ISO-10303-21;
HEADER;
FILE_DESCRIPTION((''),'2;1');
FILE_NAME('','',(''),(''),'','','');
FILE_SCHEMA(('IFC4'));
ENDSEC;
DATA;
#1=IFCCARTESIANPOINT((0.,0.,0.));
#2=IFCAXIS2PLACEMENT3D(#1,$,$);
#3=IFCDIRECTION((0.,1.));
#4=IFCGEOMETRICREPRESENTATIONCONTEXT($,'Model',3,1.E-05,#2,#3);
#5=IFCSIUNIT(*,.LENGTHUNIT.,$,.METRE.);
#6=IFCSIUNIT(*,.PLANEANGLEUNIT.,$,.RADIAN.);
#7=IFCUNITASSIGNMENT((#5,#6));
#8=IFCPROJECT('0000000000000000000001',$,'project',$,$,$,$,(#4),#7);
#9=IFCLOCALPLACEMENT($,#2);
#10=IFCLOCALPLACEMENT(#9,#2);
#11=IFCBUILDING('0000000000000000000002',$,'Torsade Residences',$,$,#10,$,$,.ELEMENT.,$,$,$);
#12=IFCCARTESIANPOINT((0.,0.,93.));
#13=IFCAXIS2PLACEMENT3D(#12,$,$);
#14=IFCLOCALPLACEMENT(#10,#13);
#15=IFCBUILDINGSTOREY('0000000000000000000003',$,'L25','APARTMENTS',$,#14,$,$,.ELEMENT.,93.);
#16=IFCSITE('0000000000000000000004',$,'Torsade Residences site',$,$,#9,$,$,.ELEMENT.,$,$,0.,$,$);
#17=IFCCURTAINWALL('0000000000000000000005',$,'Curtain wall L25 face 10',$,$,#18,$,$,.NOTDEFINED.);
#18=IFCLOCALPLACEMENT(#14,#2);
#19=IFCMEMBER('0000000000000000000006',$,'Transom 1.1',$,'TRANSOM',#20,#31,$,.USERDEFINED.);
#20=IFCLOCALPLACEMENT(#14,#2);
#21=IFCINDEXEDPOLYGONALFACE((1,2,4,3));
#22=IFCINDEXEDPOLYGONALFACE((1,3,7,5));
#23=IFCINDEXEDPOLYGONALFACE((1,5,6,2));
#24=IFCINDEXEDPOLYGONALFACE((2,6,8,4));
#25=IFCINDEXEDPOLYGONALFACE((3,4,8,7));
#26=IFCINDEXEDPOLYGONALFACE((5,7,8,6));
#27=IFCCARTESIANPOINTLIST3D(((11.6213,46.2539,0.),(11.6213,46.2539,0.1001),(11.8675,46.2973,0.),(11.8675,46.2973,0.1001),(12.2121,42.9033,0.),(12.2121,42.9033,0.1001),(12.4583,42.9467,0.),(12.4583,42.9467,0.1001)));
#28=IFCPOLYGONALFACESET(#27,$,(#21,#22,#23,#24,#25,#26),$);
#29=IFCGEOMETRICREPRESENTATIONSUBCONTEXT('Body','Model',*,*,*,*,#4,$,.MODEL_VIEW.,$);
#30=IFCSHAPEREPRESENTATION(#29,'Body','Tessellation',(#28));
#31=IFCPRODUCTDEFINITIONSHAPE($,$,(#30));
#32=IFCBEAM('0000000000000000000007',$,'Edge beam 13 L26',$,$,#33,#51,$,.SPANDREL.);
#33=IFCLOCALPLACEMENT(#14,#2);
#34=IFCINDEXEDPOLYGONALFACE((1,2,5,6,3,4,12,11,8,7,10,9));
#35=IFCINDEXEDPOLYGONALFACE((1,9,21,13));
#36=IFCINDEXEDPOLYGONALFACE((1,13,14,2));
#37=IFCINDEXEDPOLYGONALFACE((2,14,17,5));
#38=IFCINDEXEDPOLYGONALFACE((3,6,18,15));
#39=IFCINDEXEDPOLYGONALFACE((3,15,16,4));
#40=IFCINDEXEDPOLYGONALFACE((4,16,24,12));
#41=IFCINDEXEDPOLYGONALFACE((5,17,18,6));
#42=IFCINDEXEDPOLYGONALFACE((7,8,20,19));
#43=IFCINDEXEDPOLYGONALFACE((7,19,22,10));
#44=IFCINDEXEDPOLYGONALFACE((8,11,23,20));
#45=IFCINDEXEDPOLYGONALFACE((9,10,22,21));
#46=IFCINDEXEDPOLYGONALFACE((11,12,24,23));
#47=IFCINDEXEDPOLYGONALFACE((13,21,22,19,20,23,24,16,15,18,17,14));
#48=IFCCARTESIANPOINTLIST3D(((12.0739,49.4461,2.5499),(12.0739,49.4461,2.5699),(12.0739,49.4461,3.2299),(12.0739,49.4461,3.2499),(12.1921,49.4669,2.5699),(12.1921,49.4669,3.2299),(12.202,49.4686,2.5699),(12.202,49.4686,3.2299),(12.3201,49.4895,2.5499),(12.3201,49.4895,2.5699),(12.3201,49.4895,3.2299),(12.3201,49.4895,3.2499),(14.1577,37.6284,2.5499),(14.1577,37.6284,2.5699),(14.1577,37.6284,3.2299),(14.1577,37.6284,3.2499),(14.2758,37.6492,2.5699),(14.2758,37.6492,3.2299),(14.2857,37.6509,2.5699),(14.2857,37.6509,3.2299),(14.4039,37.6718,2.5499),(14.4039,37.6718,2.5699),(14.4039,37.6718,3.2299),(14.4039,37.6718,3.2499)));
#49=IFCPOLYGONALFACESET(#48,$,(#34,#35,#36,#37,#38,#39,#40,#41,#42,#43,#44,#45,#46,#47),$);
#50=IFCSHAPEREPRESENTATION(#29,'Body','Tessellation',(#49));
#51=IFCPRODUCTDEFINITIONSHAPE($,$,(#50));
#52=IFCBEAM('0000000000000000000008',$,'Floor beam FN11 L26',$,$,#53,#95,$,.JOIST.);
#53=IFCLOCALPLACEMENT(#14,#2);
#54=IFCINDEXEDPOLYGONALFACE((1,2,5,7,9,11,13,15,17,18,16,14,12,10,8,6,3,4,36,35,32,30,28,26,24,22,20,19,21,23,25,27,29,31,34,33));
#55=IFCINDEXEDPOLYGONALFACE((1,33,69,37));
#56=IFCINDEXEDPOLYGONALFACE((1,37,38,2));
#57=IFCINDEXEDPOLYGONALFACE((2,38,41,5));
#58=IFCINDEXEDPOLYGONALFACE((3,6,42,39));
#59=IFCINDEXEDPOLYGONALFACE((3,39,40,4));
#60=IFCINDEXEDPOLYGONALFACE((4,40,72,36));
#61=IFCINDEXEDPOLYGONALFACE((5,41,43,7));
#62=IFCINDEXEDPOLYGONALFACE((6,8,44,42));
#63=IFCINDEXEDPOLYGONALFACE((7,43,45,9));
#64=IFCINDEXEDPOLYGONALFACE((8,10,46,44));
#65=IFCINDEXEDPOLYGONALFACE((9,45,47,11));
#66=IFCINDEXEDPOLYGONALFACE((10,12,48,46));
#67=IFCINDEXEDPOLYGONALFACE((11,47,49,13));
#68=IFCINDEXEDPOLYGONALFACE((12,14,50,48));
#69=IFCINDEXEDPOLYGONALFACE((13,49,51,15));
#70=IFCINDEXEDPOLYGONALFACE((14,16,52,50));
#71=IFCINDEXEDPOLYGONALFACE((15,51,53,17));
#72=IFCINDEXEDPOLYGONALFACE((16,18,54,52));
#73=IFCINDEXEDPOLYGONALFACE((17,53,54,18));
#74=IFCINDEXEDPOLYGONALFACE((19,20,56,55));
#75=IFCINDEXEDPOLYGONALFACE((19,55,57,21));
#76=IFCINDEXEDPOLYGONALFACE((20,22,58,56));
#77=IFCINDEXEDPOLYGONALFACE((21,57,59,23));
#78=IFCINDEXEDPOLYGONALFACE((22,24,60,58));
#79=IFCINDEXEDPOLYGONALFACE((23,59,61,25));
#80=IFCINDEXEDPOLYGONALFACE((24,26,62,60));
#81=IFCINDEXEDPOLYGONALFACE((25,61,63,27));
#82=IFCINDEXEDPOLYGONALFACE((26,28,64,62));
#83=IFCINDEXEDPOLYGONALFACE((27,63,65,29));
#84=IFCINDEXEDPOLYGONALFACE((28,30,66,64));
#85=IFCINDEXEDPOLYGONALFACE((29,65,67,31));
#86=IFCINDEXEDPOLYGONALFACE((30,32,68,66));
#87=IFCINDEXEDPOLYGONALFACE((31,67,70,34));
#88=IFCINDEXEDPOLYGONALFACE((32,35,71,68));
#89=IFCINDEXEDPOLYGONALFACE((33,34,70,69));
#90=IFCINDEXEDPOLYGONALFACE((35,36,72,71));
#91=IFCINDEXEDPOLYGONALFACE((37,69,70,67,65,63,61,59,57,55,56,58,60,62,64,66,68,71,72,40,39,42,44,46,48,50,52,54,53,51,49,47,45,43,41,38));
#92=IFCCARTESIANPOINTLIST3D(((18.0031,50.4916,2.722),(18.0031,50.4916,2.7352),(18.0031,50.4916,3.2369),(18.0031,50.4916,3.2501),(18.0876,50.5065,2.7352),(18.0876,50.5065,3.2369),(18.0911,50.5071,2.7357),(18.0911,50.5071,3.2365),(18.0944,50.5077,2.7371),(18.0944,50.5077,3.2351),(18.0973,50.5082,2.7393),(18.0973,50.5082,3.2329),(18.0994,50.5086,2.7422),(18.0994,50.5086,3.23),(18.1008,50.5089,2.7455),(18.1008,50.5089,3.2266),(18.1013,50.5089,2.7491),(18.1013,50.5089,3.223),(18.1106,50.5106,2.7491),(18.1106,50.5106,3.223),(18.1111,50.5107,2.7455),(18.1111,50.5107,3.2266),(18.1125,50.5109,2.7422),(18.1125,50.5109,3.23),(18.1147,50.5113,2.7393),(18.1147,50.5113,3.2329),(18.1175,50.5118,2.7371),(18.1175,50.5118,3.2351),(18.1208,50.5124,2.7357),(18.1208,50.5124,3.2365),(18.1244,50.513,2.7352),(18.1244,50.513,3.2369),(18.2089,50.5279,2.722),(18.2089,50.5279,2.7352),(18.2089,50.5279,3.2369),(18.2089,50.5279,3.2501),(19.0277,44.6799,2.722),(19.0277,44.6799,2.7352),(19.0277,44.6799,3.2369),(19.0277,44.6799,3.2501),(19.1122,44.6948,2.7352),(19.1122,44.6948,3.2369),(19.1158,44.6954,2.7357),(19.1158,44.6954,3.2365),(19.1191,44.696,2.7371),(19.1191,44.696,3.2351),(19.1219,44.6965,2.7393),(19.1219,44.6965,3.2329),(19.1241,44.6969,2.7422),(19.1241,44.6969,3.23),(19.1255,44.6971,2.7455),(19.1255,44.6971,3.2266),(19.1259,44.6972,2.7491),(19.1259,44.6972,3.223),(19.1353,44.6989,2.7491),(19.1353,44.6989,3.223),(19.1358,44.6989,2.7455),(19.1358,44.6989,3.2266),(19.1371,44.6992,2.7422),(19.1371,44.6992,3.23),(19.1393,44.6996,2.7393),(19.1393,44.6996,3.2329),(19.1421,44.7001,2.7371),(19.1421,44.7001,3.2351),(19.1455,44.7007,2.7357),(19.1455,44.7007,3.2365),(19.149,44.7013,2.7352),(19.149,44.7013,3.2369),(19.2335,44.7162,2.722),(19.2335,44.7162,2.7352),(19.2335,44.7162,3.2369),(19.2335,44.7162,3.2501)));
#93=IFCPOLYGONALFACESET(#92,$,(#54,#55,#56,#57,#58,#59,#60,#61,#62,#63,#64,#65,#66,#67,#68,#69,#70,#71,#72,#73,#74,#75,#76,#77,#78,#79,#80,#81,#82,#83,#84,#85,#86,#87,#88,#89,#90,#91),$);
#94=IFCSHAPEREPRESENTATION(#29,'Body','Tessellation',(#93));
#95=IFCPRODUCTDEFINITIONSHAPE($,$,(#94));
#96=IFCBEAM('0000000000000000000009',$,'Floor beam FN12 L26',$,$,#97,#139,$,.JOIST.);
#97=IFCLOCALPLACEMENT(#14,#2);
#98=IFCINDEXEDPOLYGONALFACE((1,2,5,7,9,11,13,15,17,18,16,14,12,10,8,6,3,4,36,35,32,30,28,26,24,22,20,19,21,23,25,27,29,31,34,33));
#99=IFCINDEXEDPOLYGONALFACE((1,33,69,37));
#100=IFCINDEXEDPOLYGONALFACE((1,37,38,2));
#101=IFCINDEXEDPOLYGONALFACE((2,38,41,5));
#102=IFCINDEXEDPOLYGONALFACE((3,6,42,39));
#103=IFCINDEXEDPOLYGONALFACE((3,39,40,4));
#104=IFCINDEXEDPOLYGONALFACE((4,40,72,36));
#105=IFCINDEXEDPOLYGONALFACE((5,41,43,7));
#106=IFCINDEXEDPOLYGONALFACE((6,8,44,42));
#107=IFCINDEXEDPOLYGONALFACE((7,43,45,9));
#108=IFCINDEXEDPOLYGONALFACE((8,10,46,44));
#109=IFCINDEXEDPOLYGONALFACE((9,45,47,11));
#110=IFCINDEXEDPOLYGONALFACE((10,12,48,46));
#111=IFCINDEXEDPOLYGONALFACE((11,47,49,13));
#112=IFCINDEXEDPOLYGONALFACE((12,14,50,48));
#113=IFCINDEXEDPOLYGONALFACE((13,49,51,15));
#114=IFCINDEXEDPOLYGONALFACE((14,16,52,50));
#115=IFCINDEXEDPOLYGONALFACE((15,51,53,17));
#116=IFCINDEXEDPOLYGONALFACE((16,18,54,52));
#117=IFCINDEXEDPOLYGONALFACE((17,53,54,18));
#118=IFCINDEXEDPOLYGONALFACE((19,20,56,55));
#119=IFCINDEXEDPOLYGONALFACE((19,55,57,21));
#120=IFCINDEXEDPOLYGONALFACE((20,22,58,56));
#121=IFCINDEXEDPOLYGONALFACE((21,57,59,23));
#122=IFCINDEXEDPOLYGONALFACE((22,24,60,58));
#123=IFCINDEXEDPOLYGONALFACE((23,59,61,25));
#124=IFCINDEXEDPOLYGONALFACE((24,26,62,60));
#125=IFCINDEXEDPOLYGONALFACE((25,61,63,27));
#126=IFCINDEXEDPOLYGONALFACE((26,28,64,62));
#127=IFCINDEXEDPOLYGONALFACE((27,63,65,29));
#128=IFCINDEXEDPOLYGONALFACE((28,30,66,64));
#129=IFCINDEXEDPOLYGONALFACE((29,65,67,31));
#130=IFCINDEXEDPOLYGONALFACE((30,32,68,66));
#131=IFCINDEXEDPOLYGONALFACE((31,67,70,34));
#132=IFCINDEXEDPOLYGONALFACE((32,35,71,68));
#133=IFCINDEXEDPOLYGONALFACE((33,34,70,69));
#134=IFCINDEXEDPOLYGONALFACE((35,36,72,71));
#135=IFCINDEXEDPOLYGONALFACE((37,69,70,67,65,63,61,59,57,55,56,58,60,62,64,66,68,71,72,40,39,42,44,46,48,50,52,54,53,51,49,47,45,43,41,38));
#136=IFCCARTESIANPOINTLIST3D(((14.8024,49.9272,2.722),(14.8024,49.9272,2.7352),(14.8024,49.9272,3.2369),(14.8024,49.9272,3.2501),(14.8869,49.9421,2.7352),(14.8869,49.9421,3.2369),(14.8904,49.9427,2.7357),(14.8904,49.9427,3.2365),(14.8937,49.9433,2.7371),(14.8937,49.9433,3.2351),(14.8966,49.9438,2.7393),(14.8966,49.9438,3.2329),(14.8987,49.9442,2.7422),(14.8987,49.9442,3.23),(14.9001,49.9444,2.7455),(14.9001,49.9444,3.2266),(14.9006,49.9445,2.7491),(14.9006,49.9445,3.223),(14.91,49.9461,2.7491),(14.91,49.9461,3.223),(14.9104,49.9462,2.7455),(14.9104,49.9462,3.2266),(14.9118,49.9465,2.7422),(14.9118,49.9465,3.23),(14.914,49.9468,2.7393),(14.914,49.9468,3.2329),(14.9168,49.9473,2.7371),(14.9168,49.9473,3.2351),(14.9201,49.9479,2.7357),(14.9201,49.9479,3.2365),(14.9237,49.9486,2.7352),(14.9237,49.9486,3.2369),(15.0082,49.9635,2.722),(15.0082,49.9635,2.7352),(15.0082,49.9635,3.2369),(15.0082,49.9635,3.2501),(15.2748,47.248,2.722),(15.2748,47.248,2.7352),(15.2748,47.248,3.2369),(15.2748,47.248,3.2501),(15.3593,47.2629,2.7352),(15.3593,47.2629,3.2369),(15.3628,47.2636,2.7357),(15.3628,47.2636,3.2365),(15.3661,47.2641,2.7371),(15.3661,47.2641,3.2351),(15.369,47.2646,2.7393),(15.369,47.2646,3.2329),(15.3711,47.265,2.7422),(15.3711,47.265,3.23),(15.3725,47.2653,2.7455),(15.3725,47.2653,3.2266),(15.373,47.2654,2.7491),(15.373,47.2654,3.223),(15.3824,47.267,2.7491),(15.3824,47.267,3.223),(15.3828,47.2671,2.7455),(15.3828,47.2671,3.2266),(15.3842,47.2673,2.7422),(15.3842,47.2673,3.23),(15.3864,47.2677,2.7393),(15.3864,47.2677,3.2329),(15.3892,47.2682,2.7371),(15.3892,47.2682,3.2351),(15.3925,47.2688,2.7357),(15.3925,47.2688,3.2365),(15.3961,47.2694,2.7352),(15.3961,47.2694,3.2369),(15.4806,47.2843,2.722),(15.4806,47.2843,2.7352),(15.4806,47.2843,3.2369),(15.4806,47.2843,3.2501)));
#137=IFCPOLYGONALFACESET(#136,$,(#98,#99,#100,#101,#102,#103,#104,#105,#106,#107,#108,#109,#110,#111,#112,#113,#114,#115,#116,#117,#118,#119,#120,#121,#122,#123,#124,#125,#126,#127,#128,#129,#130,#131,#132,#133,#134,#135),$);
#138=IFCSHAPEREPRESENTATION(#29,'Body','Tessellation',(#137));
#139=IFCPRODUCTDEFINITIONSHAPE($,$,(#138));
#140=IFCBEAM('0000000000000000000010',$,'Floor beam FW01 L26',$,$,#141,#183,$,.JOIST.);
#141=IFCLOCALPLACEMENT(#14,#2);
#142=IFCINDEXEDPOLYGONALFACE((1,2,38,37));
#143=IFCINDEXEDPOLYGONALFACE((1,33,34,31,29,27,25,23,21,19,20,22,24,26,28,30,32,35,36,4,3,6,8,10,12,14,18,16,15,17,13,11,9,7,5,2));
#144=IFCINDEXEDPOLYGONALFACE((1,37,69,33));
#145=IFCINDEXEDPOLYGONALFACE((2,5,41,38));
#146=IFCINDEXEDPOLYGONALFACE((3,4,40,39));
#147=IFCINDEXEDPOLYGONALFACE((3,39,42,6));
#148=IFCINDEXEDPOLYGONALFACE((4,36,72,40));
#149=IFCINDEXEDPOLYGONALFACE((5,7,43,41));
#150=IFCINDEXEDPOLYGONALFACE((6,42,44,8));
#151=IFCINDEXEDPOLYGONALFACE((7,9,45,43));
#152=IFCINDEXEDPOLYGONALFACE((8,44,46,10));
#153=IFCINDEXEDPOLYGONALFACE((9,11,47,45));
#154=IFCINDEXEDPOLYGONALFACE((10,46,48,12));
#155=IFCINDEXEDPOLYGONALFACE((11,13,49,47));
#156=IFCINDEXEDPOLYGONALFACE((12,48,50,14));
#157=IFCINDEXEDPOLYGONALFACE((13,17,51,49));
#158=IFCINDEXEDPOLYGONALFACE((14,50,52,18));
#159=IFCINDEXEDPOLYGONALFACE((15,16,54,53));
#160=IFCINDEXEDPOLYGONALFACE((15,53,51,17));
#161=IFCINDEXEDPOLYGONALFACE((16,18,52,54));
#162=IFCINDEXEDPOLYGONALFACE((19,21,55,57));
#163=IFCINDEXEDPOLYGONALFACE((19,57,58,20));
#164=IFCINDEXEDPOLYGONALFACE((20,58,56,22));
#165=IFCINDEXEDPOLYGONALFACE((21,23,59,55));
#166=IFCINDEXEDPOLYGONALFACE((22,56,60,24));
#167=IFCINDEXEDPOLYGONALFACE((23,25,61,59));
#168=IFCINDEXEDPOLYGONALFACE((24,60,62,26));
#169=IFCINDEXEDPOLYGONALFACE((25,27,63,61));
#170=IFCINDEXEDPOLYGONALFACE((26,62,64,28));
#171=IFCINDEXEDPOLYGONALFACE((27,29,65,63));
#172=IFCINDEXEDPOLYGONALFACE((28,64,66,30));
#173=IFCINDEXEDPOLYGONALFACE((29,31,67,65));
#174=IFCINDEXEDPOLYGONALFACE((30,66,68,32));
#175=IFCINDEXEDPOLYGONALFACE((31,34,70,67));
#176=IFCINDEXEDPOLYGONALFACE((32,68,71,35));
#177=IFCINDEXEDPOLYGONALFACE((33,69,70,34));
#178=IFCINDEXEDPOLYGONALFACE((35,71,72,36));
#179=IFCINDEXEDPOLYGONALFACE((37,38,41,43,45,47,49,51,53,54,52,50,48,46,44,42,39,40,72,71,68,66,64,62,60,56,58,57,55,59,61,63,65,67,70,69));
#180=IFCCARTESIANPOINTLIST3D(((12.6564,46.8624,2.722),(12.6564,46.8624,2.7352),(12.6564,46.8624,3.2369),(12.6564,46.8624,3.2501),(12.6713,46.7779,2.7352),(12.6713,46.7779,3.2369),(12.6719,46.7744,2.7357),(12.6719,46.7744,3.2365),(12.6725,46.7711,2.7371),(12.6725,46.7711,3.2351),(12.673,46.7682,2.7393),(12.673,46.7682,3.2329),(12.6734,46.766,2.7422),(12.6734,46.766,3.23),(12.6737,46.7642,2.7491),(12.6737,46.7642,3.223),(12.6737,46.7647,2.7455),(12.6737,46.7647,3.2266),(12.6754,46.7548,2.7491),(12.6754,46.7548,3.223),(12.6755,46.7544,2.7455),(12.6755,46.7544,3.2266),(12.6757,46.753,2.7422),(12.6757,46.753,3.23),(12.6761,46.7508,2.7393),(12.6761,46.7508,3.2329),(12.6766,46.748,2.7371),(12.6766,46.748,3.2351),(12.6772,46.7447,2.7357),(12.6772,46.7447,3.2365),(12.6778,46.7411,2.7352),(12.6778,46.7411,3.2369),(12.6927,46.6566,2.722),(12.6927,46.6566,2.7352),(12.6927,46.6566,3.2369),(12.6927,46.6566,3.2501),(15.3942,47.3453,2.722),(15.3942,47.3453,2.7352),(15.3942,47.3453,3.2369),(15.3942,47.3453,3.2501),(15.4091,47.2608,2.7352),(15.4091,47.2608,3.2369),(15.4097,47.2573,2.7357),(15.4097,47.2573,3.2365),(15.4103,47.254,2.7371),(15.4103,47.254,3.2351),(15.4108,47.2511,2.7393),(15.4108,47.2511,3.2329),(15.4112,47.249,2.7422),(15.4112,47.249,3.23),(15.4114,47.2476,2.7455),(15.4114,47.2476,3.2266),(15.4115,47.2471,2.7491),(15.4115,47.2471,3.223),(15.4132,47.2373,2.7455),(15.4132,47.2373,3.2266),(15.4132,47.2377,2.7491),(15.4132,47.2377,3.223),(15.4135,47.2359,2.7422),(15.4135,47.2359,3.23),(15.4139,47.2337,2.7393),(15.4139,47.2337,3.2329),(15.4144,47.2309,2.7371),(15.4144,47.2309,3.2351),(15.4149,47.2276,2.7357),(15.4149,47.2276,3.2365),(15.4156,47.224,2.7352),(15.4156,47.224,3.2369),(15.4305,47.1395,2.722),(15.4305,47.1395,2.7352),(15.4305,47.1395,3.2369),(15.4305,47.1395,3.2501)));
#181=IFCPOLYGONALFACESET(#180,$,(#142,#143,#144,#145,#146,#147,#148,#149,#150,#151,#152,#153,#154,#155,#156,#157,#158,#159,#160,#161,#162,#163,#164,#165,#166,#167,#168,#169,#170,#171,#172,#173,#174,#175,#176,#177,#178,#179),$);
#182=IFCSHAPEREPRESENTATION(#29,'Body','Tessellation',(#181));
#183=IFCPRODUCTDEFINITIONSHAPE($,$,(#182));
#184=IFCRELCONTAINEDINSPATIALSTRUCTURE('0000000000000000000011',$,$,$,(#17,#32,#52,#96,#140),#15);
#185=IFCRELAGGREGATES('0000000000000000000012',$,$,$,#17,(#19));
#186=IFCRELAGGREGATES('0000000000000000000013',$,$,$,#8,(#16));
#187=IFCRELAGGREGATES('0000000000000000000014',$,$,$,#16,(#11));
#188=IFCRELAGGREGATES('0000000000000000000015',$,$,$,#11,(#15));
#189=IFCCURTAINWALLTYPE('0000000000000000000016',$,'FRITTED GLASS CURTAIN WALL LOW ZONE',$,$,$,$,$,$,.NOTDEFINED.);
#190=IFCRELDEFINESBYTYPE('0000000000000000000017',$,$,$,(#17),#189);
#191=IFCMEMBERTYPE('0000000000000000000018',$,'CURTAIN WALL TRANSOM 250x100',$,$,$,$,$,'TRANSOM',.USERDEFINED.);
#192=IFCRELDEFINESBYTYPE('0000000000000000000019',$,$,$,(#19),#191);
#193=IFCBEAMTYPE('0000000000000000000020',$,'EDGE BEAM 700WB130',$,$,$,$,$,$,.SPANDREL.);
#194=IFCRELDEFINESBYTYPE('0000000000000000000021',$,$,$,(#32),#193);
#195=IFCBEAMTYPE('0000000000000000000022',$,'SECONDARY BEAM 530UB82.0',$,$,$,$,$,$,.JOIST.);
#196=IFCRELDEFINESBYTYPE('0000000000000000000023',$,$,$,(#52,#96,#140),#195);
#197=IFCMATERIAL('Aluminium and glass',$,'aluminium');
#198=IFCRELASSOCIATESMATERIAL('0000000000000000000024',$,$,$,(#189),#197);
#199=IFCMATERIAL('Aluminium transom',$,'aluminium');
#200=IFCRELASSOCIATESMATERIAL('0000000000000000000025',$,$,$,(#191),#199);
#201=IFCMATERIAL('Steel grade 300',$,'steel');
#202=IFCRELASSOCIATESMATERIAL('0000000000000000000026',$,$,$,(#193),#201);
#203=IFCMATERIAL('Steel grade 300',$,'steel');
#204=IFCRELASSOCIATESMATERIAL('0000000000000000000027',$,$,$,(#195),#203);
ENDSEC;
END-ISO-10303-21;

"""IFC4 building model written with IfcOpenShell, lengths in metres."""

from ifc_helpers import new_model, si_unit, direction, frame, origin, origin_2d, place, context, subcontext, project, spatial, rectangle, i_section, extrude, material, material_profile, profile_set, type_object, element, aggregate, save


model = new_model("IFC4")

# Units and contexts
model_context = context("Model", 3, precision=1e-05, world=origin(), true_north=direction((0.0, 1.0)))
body_context = subcontext(model_context, "Body", "Model", "MODEL_VIEW")
ifc_project = project(units=[si_unit("LENGTHUNIT", "METRE"), si_unit("PLANEANGLEUNIT", "RADIAN")], contexts=[model_context])

# Site, building, storey
site_placement = place(None, origin())
site = spatial("IfcSite", under=ifc_project, at=site_placement, Name="Torsade Residences site", CompositionType="ELEMENT", RefElevation=0.0)
building_placement = place(site_placement, origin())
building = spatial("IfcBuilding", under=site, at=building_placement, Name="Torsade Residences", CompositionType="ELEMENT")
storey_placement = place(building_placement, frame((0.0, 0.0, 93.0)))
storey = spatial("IfcBuildingStorey", under=building, at=storey_placement, Name="L25", Description="APARTMENTS", CompositionType="ELEMENT", Elevation=93.0)

# Shared definitions
ifc_material_1 = material(Name="Aluminium and glass", Category="aluminium")
curtain_wall_type = type_object("IfcCurtainWallType", Name="FRITTED GLASS CURTAIN WALL LOW ZONE", PredefinedType="NOTDEFINED", material=ifc_material_1)

# Curtain wall
curtain_wall_1_placement = place(storey_placement, origin())
curtain_wall_1 = element("IfcCurtainWall", 1, at=curtain_wall_1_placement, inside=storey, type_object=curtain_wall_type, Name="Curtain wall L25 face 10", PredefinedType="NOTDEFINED")

# Member
ifc_material_2 = material(Name="Aluminium transom", Category="aluminium")
ifc_material_profile_1 = material_profile(ifc_material_2, rectangle(XDim=0.25, YDim=0.1001, at=origin_2d()), Name="CURTAIN WALL TRANSOM 250x100")
ifc_profile_set_1 = profile_set([ifc_material_profile_1], Name="Aluminium transom")
member_type_1 = type_object("IfcMemberType", Name="CURTAIN WALL TRANSOM 250x100", ElementType="TRANSOM", PredefinedType="USERDEFINED", material=ifc_profile_set_1)
member_1_placement = place(storey_placement, frame((11.7444, 46.2756, 0.05), z_axis=(0.173654, -0.984807, 0.0), x_axis=(0.984807, 0.173654, 0.0)))
member_1 = element("IfcMember", 2, at=member_1_placement, type_object=member_type_1, Name="Transom 1.1", ObjectType="TRANSOM", PredefinedType="USERDEFINED", context=body_context, shape_type="SweptSolid", body=[
    extrude(rectangle(XDim=0.25, YDim=0.1001, at=origin_2d()), origin(), (0.0, 0.0, 1.0), 3.4023),
])

# Beams
ifc_material_3 = material(Name="Steel grade 300", Category="steel")
ifc_material_profile_2 = material_profile(ifc_material_3, i_section(OverallWidth=0.25, OverallDepth=0.7, WebThickness=0.01, FlangeThickness=0.02, at=origin_2d()), Name="700WB130")
ifc_profile_set_2 = profile_set([ifc_material_profile_2], Name="Steel grade 300")
beam_type_1 = type_object("IfcBeamType", Name="EDGE BEAM 700WB130", PredefinedType="SPANDREL", material=ifc_profile_set_2)
beam_1_placement = place(storey_placement, frame((12.197, 49.4678, 2.8999), z_axis=(0.173646, -0.984808, 0.0), x_axis=(0.984808, 0.173646, 0.0)))
element("IfcBeam", 3, at=beam_1_placement, inside=storey, type_object=beam_type_1, Name="Edge beam 13 L26", PredefinedType="SPANDREL", context=body_context, shape_type="SweptSolid", body=[
    extrude(i_section(OverallWidth=0.25, OverallDepth=0.7, WebThickness=0.01, FlangeThickness=0.02, at=origin_2d()), origin(), (0.0, 0.0, 1.0), 12.0),
])
ifc_material_4 = material(Name="Steel grade 300", Category="steel")
ifc_material_profile_3 = material_profile(ifc_material_4, i_section(OverallWidth=0.209, OverallDepth=0.5281, WebThickness=0.0095, FlangeThickness=0.0132, FilletRadius=0.0139, at=origin_2d()), Name="530UB82.0")
ifc_profile_set_3 = profile_set([ifc_material_profile_3], Name="Steel grade 300")
beam_type_2 = type_object("IfcBeamType", Name="SECONDARY BEAM 530UB82.0", PredefinedType="JOIST", material=ifc_profile_set_3)
beam_2_placement = place(storey_placement, frame((18.106, 50.5098, 2.9861), z_axis=(0.17363, -0.984811, 0.0), x_axis=(0.984811, 0.17363, 0.0)))
element("IfcBeam", 4, at=beam_2_placement, inside=storey, type_object=beam_type_2, Name="Floor beam FN11 L26", PredefinedType="JOIST", context=body_context, shape_type="SweptSolid", body=[
    extrude(i_section(OverallWidth=0.209, OverallDepth=0.5281, WebThickness=0.0095, FlangeThickness=0.0132, FilletRadius=0.0139, at=origin_2d()), origin(), (0.0, 0.0, 1.0), 5.9014),
])
beam_3_placement = place(storey_placement, frame((14.9053, 49.9453, 2.9861), z_axis=(0.173647, -0.984808, 0.0), x_axis=(0.984808, 0.173647, 0.0)))
element("IfcBeam", 5, at=beam_3_placement, inside=storey, type_object=beam_type_2, Name="Floor beam FN12 L26", PredefinedType="JOIST", context=body_context, shape_type="SweptSolid", body=[
    extrude(i_section(OverallWidth=0.209, OverallDepth=0.5281, WebThickness=0.0095, FlangeThickness=0.0132, FilletRadius=0.0139, at=origin_2d()), origin(), (0.0, 0.0, 1.0), 2.7205),
])
beam_4_placement = place(storey_placement, frame((12.6746, 46.7595, 2.9861), z_axis=(0.984798, 0.173705, 0.0), x_axis=(-0.173705, 0.984798, 0.0)))
element("IfcBeam", 6, at=beam_4_placement, inside=storey, type_object=beam_type_2, Name="Floor beam FW01 L26", PredefinedType="JOIST", context=body_context, shape_type="SweptSolid", body=[
    extrude(i_section(OverallWidth=0.209, OverallDepth=0.5281, WebThickness=0.0095, FlangeThickness=0.0132, FilletRadius=0.0139, at=origin_2d()), origin(), (0.0, 0.0, 1.0), 2.78),
])

aggregate(curtain_wall_1, [member_1])

save(model, "model.ifc")
